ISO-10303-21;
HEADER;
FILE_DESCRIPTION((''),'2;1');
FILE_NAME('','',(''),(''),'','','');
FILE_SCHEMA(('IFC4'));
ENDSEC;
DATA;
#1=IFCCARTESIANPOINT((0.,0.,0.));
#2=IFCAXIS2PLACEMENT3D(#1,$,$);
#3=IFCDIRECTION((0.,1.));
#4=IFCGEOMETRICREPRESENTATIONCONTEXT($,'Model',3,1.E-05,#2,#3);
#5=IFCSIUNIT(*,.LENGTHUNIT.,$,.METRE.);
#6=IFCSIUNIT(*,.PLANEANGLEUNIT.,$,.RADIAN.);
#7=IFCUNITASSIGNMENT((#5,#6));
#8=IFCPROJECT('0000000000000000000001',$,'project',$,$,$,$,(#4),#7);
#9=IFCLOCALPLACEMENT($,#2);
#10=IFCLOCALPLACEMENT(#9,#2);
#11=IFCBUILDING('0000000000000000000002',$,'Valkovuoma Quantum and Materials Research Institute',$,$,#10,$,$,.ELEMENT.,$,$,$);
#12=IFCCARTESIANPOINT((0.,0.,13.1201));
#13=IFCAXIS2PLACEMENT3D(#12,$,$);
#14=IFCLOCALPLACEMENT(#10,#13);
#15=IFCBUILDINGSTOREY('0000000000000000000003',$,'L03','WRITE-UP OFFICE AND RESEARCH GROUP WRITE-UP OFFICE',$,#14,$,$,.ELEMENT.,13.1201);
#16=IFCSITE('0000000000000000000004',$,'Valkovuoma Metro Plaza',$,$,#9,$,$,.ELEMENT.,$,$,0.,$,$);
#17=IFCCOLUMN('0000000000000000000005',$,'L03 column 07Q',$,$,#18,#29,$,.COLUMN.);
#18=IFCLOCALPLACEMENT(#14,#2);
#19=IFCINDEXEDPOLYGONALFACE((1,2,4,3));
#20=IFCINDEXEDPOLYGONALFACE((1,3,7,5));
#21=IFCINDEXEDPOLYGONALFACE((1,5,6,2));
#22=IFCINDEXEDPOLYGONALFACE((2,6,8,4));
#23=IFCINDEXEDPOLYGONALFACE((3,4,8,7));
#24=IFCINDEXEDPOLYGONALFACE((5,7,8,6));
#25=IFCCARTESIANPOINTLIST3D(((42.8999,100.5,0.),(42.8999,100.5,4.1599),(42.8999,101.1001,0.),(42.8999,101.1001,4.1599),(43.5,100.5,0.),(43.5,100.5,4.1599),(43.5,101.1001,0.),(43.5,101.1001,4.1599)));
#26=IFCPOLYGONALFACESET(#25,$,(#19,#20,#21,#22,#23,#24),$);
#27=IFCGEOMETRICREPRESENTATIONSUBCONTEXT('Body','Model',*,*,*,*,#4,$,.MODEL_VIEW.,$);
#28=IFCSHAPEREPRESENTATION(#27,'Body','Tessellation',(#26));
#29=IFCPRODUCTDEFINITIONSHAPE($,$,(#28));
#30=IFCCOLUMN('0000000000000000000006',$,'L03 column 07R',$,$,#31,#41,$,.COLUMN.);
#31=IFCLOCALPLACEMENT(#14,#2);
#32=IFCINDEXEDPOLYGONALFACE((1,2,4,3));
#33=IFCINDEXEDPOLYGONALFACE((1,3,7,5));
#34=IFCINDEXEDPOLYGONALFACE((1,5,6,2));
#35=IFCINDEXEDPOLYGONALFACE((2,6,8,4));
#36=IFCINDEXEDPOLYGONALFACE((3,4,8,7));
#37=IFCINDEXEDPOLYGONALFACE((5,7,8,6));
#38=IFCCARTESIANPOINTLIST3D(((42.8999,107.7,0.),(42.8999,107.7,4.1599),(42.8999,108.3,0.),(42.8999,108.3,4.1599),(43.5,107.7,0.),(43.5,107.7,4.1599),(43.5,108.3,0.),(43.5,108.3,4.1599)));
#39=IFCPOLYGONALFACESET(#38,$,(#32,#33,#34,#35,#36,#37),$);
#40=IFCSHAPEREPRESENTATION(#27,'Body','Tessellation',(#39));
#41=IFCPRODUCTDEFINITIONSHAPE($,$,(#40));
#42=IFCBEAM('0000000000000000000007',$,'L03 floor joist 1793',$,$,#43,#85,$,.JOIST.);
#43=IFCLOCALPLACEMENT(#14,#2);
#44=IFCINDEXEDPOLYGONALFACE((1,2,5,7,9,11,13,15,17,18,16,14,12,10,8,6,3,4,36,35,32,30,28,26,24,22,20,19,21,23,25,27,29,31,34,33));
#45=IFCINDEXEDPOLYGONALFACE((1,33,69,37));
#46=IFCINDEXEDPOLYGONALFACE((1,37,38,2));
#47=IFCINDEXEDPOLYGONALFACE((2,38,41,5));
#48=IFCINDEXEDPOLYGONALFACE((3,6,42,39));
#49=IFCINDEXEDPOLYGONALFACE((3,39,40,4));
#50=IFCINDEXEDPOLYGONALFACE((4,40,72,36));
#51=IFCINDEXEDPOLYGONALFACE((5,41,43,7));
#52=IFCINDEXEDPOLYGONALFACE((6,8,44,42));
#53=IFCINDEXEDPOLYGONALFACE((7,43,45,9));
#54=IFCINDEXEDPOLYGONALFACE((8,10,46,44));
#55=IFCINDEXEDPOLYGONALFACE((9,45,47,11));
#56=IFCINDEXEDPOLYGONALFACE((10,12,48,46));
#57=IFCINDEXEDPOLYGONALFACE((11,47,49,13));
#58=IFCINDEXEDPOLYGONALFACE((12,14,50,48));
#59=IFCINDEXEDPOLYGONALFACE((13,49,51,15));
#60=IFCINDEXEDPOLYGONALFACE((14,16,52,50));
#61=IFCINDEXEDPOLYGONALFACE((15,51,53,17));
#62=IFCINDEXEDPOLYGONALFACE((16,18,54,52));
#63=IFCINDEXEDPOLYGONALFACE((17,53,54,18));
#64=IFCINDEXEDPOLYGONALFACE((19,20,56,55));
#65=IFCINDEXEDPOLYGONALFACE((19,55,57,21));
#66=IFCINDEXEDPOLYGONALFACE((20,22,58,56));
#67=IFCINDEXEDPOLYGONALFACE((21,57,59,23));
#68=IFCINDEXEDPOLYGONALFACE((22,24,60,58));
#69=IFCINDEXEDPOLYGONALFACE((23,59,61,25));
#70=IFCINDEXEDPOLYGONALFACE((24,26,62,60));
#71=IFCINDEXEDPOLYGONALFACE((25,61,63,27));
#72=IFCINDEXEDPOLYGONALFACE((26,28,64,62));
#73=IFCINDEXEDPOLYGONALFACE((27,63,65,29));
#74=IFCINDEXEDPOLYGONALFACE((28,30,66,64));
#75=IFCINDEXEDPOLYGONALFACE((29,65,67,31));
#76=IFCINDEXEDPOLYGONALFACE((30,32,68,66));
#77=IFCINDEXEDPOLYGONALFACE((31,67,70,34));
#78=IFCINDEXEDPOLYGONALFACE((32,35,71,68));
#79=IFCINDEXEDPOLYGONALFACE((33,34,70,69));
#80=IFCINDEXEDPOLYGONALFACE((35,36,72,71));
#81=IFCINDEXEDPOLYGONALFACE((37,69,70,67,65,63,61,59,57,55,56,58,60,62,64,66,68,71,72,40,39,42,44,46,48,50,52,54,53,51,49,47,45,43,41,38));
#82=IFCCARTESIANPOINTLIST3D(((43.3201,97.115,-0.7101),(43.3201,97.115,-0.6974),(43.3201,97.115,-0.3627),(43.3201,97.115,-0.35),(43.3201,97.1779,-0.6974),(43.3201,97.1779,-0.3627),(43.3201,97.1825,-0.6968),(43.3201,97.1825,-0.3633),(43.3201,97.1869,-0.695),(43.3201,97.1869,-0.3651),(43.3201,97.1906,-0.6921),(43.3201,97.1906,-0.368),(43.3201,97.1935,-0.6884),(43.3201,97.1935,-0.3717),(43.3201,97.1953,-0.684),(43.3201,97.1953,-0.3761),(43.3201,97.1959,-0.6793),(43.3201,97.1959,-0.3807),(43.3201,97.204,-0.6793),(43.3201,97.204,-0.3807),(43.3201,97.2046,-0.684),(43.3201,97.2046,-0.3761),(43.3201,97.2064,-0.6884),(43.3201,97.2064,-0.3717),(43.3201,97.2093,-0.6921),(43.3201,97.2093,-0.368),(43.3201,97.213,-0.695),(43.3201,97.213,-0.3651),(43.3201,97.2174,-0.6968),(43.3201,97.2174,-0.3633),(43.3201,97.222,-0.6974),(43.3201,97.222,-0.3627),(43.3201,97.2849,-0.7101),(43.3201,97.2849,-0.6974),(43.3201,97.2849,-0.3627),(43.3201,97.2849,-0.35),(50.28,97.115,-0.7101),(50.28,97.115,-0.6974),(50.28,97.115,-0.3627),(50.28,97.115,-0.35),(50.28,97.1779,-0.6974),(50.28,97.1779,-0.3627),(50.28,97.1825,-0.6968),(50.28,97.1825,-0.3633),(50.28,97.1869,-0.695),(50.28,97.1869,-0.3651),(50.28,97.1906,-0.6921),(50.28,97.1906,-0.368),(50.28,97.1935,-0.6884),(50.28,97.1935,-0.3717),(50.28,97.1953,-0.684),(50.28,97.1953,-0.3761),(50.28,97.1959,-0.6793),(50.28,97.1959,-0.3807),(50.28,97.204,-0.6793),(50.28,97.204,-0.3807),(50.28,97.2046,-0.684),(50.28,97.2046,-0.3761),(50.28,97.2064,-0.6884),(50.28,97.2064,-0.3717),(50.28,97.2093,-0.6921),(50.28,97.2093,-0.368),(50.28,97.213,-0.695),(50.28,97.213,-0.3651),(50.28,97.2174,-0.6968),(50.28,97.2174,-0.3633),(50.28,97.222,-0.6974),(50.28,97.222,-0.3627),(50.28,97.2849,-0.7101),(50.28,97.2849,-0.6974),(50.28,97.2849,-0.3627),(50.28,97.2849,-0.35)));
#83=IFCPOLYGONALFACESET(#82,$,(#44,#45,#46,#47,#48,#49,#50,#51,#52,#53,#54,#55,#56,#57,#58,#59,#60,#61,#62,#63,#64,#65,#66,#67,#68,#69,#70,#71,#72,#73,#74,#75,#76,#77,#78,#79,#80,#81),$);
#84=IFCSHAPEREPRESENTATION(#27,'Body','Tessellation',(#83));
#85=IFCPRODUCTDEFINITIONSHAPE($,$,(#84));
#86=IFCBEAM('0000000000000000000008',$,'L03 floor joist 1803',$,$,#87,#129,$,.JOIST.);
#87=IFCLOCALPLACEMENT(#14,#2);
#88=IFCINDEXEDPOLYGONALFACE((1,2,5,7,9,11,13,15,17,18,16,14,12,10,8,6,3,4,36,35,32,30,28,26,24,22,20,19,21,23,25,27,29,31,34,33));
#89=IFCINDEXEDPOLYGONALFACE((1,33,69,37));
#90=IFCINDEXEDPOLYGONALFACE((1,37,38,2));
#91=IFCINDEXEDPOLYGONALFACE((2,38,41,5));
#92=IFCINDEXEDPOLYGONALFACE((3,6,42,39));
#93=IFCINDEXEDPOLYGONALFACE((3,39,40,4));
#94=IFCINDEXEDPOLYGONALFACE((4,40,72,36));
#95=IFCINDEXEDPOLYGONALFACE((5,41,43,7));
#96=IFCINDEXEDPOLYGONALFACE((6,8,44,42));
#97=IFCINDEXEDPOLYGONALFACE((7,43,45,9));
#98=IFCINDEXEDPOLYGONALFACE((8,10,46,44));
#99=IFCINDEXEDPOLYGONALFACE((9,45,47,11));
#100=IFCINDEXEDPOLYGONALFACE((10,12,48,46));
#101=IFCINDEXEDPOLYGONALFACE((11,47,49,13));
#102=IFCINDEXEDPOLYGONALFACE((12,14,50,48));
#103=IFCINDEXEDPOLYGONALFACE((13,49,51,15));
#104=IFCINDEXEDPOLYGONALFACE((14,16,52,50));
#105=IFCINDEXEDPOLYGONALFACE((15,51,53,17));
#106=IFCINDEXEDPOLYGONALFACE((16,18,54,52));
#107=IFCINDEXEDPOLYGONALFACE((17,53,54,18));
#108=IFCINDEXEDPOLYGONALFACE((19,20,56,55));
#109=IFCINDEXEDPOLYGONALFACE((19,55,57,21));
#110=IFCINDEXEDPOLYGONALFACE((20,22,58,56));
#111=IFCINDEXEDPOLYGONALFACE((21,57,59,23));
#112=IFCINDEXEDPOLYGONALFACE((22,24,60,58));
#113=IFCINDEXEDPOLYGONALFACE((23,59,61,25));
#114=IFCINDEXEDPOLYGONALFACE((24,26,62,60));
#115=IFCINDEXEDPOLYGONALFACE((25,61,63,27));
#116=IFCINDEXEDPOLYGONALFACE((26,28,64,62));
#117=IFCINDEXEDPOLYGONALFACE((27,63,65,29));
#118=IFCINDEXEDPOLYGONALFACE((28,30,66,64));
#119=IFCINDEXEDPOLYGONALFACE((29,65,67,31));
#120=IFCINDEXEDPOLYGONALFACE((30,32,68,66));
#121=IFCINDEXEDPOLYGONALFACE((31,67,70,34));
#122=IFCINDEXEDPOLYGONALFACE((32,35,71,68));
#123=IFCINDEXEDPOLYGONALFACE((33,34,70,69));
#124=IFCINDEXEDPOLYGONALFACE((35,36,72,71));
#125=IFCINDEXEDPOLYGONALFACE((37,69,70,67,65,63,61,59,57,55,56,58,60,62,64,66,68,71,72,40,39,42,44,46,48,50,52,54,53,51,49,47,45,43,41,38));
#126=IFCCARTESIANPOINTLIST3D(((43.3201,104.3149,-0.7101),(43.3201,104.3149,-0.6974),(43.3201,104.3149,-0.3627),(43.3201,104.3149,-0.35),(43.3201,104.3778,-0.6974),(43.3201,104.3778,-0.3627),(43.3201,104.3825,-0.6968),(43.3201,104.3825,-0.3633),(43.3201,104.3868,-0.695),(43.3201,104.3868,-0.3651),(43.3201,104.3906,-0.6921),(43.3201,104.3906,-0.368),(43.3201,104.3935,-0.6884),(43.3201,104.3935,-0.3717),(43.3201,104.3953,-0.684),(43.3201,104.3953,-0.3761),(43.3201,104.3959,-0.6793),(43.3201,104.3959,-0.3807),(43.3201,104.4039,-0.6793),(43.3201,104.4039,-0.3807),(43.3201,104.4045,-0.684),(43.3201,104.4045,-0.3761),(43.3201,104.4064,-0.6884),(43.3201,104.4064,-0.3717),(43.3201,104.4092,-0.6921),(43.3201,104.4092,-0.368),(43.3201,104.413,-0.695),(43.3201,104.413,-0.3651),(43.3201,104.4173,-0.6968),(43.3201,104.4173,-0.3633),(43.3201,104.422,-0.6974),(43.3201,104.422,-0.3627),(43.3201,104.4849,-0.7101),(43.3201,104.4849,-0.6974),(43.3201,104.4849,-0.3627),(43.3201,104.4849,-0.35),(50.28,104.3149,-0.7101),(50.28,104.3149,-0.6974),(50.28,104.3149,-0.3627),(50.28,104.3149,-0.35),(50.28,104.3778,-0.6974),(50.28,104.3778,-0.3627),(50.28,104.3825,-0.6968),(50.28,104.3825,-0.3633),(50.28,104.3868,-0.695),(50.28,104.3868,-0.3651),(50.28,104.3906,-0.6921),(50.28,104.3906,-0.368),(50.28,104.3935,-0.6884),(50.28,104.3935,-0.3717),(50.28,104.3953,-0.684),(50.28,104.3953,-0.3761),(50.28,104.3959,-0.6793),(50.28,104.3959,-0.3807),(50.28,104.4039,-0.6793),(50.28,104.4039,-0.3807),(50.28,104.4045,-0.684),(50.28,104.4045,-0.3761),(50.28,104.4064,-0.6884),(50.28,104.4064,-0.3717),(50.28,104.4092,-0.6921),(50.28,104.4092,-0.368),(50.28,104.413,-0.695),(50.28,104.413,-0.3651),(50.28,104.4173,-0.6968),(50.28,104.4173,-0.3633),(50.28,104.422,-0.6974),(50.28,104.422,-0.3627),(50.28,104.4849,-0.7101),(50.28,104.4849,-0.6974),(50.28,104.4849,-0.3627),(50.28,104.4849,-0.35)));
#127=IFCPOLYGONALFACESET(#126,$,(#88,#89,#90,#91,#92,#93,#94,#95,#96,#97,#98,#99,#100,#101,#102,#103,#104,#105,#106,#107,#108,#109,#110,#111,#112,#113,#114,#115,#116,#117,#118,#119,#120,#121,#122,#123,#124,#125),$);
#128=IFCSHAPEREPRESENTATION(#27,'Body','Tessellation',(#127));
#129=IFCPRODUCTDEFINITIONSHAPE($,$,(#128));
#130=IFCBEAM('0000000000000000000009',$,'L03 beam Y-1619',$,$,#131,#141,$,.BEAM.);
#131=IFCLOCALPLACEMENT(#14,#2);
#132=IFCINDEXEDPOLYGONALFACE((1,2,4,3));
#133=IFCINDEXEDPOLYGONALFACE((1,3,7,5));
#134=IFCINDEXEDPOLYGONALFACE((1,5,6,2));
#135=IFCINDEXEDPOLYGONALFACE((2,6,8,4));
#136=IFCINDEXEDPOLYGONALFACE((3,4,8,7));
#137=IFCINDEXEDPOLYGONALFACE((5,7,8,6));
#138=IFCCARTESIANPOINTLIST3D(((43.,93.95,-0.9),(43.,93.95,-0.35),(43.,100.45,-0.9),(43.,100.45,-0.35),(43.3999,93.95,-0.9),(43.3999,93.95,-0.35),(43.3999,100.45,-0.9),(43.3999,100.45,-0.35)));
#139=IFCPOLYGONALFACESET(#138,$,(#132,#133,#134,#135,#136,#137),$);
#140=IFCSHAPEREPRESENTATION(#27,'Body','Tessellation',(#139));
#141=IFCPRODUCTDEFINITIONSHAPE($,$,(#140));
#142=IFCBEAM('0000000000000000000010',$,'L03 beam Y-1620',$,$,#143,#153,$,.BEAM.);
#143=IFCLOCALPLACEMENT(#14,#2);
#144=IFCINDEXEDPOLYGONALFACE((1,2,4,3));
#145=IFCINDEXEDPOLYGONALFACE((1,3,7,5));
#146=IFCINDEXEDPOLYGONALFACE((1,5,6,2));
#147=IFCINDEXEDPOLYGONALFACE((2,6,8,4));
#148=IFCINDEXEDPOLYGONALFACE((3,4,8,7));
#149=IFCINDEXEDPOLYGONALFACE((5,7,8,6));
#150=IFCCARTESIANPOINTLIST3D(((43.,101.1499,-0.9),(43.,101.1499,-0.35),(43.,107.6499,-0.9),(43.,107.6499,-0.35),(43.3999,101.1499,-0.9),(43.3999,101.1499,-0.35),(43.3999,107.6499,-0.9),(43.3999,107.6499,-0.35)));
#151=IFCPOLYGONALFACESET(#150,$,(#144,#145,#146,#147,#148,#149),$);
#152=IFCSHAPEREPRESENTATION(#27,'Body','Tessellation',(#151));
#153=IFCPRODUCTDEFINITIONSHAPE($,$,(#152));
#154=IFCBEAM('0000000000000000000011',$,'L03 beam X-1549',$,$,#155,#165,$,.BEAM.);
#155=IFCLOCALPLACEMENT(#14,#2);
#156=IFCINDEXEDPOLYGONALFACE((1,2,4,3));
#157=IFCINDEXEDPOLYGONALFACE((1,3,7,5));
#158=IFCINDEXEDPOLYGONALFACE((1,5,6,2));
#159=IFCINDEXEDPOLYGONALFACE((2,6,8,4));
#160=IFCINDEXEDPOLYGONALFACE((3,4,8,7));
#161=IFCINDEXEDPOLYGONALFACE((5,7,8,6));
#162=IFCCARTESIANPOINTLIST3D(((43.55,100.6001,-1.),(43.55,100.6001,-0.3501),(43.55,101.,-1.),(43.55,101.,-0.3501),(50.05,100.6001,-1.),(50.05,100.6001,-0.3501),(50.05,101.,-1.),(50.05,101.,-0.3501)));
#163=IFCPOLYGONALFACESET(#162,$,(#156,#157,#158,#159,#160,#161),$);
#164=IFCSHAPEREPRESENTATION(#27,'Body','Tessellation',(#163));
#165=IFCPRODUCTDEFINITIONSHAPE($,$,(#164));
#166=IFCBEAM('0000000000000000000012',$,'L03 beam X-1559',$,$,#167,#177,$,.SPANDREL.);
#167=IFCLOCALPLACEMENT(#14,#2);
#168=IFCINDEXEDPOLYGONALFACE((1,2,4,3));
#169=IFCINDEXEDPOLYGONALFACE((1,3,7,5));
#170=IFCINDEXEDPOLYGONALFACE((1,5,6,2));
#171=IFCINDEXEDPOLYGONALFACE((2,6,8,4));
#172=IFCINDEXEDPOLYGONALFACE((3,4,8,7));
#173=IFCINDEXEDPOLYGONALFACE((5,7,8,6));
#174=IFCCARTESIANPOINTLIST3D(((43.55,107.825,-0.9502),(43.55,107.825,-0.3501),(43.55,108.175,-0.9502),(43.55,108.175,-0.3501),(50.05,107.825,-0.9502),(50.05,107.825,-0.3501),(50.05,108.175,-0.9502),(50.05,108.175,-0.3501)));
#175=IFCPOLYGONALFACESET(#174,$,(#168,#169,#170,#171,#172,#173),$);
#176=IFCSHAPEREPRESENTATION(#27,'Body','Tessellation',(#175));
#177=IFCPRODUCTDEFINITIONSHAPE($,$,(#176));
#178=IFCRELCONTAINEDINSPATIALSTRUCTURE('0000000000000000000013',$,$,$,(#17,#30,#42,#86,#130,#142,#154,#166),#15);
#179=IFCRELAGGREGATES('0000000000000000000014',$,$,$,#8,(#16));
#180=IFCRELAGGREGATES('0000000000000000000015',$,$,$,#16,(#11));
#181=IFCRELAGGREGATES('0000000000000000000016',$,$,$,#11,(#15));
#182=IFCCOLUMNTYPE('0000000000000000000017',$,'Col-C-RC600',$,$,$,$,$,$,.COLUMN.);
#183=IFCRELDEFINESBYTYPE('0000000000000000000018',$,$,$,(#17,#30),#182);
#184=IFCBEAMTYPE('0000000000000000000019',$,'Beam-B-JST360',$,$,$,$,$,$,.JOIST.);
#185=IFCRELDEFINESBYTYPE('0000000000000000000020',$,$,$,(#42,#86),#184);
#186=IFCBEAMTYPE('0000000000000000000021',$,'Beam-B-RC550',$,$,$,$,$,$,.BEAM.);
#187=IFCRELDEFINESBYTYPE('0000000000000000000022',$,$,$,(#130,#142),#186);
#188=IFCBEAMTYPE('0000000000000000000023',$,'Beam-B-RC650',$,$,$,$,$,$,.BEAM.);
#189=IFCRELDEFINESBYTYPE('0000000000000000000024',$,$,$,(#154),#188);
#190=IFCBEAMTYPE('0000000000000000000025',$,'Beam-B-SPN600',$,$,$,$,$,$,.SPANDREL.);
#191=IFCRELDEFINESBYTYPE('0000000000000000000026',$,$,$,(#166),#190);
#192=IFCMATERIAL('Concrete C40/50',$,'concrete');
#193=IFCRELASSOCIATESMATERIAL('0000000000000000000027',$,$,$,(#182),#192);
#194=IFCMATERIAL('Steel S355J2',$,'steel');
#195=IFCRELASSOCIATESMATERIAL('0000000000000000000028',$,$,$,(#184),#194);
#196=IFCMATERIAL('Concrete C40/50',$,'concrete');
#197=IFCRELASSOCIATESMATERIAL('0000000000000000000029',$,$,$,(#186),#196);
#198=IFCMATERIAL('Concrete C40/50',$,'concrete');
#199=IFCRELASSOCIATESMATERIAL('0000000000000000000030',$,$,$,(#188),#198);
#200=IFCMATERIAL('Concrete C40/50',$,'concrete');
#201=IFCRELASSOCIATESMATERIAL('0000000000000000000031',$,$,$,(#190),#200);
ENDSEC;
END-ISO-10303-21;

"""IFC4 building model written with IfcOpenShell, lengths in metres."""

from ifc_helpers import new_model, si_unit, direction, frame, origin, origin_2d, place, context, subcontext, project, spatial, rectangle, i_section, extrude, material, material_profile, profile_set, type_object, element, save


model = new_model("IFC4")

# Units and contexts
model_context = context("Model", 3, precision=1e-05, world=origin(), true_north=direction((0.0, 1.0)))
body_context = subcontext(model_context, "Body", "Model", "MODEL_VIEW")
ifc_project = project(units=[si_unit("LENGTHUNIT", "METRE"), si_unit("PLANEANGLEUNIT", "RADIAN")], contexts=[model_context])

# Site, building, storey
site_placement = place(None, origin())
site = spatial("IfcSite", under=ifc_project, at=site_placement, Name="Valkovuoma Metro Plaza", CompositionType="ELEMENT", RefElevation=0.0)
building_placement = place(site_placement, origin())
building = spatial("IfcBuilding", under=site, at=building_placement, Name="Valkovuoma Quantum and Materials Research Institute", CompositionType="ELEMENT")
storey_placement = place(building_placement, frame((0.0, 0.0, 13.1201)))
storey = spatial("IfcBuildingStorey", under=building, at=storey_placement, Name="L03", Description="WRITE-UP OFFICE AND RESEARCH GROUP WRITE-UP OFFICE", CompositionType="ELEMENT", Elevation=13.1201)

# Columns
ifc_material_1 = material(Name="Concrete C40/50", Category="concrete")
ifc_material_profile_1 = material_profile(ifc_material_1, rectangle(XDim=0.6001, YDim=0.6001, at=origin_2d()), Name="Concrete C40/50")
ifc_profile_set_1 = profile_set([ifc_material_profile_1], Name="Concrete C40/50")
column_type = type_object("IfcColumnType", Name="Col-C-RC600", PredefinedType="COLUMN", material=ifc_profile_set_1)
for number, where, z_axis, x_axis, name in (
    (1, (43.2, 100.8, 0.0), (0.0, 0.0, 1.0), (1.0, 0.0, 0.0), "L03 column 07Q"),
    (2, (43.2, 108.0, 0.0), (0.0, 0.0, 1.0), (1.0, 0.0, 0.0), "L03 column 07R"),
):
    element("IfcColumn", number, at=place(storey_placement, frame(where, z_axis=z_axis, x_axis=x_axis)), inside=storey, type_object=column_type, Name=name, PredefinedType="COLUMN", context=body_context, shape_type="SweptSolid", body=[
        extrude(rectangle(XDim=0.6001, YDim=0.6001, at=origin_2d()), origin(), (0.0, 0.0, 1.0), 4.1599),
    ])

# Beams
ifc_material_2 = material(Name="Steel S355J2", Category="steel")
ifc_material_profile_2 = material_profile(ifc_material_2, i_section(OverallWidth=0.1699, OverallDepth=0.3601, WebThickness=0.0081, FlangeThickness=0.0127, FilletRadius=0.0181, at=origin_2d()), Name="Steel S355J2")
ifc_profile_set_2 = profile_set([ifc_material_profile_2], Name="Steel S355J2")
beam_type_1 = type_object("IfcBeamType", Name="Beam-B-JST360", PredefinedType="JOIST", material=ifc_profile_set_2)
for number, where, z_axis, x_axis, name in (
    (3, (43.3201, 97.2, -0.53), (1.0, 0.0, 0.0), (0.0, 1.0, 0.0), "L03 floor joist 1793"),
    (4, (43.3201, 104.3999, -0.53), (1.0, 0.0, 0.0), (0.0, 1.0, 0.0), "L03 floor joist 1803"),
):
    element("IfcBeam", number, at=place(storey_placement, frame(where, z_axis=z_axis, x_axis=x_axis)), inside=storey, type_object=beam_type_1, Name=name, PredefinedType="JOIST", context=body_context, shape_type="SweptSolid", body=[
        extrude(i_section(OverallWidth=0.1699, OverallDepth=0.3601, WebThickness=0.0081, FlangeThickness=0.0127, FilletRadius=0.0181, at=origin_2d()), origin(), (0.0, 0.0, 1.0), 6.96),
    ])
ifc_material_3 = material(Name="Concrete C40/50", Category="concrete")
ifc_material_profile_3 = material_profile(ifc_material_3, rectangle(XDim=0.3999, YDim=0.55, at=origin_2d()), Name="Concrete C40/50")
ifc_profile_set_3 = profile_set([ifc_material_profile_3], Name="Concrete C40/50")
beam_type_2 = type_object("IfcBeamType", Name="Beam-B-RC550", PredefinedType="BEAM", material=ifc_profile_set_3)
for number, where, z_axis, x_axis, name in (
    (5, (43.2, 93.95, -0.625), (0.0, 1.0, 0.0), (-1.0, 0.0, 0.0), "L03 beam Y-1619"),
    (6, (43.2, 101.1499, -0.625), (0.0, 1.0, 0.0), (-1.0, 0.0, 0.0), "L03 beam Y-1620"),
):
    element("IfcBeam", number, at=place(storey_placement, frame(where, z_axis=z_axis, x_axis=x_axis)), inside=storey, type_object=beam_type_2, Name=name, PredefinedType="BEAM", context=body_context, shape_type="SweptSolid", body=[
        extrude(rectangle(XDim=0.3999, YDim=0.55, at=origin_2d()), origin(), (0.0, 0.0, 1.0), 6.5),
    ])
ifc_material_4 = material(Name="Concrete C40/50", Category="concrete")
ifc_material_profile_4 = material_profile(ifc_material_4, rectangle(XDim=0.3999, YDim=0.6499, at=origin_2d()), Name="Concrete C40/50")
ifc_profile_set_4 = profile_set([ifc_material_profile_4], Name="Concrete C40/50")
beam_type_3 = type_object("IfcBeamType", Name="Beam-B-RC650", PredefinedType="BEAM", material=ifc_profile_set_4)
beam_1_placement = place(storey_placement, frame((43.55, 100.8, -0.675), z_axis=(1.0, 0.0, 0.0), x_axis=(0.0, 1.0, 0.0)))
element("IfcBeam", 7, at=beam_1_placement, inside=storey, type_object=beam_type_3, Name="L03 beam X-1549", PredefinedType="BEAM", context=body_context, shape_type="SweptSolid", body=[
    extrude(rectangle(XDim=0.3999, YDim=0.6499, at=origin_2d()), origin(), (0.0, 0.0, 1.0), 6.5),
])
ifc_material_5 = material(Name="Concrete C40/50", Category="concrete")
ifc_material_profile_5 = material_profile(ifc_material_5, rectangle(XDim=0.3501, YDim=0.6001, at=origin_2d()), Name="Concrete C40/50")
ifc_profile_set_5 = profile_set([ifc_material_profile_5], Name="Concrete C40/50")
beam_type_4 = type_object("IfcBeamType", Name="Beam-B-SPN600", PredefinedType="SPANDREL", material=ifc_profile_set_5)
beam_2_placement = place(storey_placement, frame((43.55, 108.0, -0.6501), z_axis=(1.0, 0.0, 0.0), x_axis=(0.0, 1.0, 0.0)))
element("IfcBeam", 8, at=beam_2_placement, inside=storey, type_object=beam_type_4, Name="L03 beam X-1559", PredefinedType="SPANDREL", context=body_context, shape_type="SweptSolid", body=[
    extrude(rectangle(XDim=0.3501, YDim=0.6001, at=origin_2d()), origin(), (0.0, 0.0, 1.0), 6.5),
])

save(model, "model.ifc")
